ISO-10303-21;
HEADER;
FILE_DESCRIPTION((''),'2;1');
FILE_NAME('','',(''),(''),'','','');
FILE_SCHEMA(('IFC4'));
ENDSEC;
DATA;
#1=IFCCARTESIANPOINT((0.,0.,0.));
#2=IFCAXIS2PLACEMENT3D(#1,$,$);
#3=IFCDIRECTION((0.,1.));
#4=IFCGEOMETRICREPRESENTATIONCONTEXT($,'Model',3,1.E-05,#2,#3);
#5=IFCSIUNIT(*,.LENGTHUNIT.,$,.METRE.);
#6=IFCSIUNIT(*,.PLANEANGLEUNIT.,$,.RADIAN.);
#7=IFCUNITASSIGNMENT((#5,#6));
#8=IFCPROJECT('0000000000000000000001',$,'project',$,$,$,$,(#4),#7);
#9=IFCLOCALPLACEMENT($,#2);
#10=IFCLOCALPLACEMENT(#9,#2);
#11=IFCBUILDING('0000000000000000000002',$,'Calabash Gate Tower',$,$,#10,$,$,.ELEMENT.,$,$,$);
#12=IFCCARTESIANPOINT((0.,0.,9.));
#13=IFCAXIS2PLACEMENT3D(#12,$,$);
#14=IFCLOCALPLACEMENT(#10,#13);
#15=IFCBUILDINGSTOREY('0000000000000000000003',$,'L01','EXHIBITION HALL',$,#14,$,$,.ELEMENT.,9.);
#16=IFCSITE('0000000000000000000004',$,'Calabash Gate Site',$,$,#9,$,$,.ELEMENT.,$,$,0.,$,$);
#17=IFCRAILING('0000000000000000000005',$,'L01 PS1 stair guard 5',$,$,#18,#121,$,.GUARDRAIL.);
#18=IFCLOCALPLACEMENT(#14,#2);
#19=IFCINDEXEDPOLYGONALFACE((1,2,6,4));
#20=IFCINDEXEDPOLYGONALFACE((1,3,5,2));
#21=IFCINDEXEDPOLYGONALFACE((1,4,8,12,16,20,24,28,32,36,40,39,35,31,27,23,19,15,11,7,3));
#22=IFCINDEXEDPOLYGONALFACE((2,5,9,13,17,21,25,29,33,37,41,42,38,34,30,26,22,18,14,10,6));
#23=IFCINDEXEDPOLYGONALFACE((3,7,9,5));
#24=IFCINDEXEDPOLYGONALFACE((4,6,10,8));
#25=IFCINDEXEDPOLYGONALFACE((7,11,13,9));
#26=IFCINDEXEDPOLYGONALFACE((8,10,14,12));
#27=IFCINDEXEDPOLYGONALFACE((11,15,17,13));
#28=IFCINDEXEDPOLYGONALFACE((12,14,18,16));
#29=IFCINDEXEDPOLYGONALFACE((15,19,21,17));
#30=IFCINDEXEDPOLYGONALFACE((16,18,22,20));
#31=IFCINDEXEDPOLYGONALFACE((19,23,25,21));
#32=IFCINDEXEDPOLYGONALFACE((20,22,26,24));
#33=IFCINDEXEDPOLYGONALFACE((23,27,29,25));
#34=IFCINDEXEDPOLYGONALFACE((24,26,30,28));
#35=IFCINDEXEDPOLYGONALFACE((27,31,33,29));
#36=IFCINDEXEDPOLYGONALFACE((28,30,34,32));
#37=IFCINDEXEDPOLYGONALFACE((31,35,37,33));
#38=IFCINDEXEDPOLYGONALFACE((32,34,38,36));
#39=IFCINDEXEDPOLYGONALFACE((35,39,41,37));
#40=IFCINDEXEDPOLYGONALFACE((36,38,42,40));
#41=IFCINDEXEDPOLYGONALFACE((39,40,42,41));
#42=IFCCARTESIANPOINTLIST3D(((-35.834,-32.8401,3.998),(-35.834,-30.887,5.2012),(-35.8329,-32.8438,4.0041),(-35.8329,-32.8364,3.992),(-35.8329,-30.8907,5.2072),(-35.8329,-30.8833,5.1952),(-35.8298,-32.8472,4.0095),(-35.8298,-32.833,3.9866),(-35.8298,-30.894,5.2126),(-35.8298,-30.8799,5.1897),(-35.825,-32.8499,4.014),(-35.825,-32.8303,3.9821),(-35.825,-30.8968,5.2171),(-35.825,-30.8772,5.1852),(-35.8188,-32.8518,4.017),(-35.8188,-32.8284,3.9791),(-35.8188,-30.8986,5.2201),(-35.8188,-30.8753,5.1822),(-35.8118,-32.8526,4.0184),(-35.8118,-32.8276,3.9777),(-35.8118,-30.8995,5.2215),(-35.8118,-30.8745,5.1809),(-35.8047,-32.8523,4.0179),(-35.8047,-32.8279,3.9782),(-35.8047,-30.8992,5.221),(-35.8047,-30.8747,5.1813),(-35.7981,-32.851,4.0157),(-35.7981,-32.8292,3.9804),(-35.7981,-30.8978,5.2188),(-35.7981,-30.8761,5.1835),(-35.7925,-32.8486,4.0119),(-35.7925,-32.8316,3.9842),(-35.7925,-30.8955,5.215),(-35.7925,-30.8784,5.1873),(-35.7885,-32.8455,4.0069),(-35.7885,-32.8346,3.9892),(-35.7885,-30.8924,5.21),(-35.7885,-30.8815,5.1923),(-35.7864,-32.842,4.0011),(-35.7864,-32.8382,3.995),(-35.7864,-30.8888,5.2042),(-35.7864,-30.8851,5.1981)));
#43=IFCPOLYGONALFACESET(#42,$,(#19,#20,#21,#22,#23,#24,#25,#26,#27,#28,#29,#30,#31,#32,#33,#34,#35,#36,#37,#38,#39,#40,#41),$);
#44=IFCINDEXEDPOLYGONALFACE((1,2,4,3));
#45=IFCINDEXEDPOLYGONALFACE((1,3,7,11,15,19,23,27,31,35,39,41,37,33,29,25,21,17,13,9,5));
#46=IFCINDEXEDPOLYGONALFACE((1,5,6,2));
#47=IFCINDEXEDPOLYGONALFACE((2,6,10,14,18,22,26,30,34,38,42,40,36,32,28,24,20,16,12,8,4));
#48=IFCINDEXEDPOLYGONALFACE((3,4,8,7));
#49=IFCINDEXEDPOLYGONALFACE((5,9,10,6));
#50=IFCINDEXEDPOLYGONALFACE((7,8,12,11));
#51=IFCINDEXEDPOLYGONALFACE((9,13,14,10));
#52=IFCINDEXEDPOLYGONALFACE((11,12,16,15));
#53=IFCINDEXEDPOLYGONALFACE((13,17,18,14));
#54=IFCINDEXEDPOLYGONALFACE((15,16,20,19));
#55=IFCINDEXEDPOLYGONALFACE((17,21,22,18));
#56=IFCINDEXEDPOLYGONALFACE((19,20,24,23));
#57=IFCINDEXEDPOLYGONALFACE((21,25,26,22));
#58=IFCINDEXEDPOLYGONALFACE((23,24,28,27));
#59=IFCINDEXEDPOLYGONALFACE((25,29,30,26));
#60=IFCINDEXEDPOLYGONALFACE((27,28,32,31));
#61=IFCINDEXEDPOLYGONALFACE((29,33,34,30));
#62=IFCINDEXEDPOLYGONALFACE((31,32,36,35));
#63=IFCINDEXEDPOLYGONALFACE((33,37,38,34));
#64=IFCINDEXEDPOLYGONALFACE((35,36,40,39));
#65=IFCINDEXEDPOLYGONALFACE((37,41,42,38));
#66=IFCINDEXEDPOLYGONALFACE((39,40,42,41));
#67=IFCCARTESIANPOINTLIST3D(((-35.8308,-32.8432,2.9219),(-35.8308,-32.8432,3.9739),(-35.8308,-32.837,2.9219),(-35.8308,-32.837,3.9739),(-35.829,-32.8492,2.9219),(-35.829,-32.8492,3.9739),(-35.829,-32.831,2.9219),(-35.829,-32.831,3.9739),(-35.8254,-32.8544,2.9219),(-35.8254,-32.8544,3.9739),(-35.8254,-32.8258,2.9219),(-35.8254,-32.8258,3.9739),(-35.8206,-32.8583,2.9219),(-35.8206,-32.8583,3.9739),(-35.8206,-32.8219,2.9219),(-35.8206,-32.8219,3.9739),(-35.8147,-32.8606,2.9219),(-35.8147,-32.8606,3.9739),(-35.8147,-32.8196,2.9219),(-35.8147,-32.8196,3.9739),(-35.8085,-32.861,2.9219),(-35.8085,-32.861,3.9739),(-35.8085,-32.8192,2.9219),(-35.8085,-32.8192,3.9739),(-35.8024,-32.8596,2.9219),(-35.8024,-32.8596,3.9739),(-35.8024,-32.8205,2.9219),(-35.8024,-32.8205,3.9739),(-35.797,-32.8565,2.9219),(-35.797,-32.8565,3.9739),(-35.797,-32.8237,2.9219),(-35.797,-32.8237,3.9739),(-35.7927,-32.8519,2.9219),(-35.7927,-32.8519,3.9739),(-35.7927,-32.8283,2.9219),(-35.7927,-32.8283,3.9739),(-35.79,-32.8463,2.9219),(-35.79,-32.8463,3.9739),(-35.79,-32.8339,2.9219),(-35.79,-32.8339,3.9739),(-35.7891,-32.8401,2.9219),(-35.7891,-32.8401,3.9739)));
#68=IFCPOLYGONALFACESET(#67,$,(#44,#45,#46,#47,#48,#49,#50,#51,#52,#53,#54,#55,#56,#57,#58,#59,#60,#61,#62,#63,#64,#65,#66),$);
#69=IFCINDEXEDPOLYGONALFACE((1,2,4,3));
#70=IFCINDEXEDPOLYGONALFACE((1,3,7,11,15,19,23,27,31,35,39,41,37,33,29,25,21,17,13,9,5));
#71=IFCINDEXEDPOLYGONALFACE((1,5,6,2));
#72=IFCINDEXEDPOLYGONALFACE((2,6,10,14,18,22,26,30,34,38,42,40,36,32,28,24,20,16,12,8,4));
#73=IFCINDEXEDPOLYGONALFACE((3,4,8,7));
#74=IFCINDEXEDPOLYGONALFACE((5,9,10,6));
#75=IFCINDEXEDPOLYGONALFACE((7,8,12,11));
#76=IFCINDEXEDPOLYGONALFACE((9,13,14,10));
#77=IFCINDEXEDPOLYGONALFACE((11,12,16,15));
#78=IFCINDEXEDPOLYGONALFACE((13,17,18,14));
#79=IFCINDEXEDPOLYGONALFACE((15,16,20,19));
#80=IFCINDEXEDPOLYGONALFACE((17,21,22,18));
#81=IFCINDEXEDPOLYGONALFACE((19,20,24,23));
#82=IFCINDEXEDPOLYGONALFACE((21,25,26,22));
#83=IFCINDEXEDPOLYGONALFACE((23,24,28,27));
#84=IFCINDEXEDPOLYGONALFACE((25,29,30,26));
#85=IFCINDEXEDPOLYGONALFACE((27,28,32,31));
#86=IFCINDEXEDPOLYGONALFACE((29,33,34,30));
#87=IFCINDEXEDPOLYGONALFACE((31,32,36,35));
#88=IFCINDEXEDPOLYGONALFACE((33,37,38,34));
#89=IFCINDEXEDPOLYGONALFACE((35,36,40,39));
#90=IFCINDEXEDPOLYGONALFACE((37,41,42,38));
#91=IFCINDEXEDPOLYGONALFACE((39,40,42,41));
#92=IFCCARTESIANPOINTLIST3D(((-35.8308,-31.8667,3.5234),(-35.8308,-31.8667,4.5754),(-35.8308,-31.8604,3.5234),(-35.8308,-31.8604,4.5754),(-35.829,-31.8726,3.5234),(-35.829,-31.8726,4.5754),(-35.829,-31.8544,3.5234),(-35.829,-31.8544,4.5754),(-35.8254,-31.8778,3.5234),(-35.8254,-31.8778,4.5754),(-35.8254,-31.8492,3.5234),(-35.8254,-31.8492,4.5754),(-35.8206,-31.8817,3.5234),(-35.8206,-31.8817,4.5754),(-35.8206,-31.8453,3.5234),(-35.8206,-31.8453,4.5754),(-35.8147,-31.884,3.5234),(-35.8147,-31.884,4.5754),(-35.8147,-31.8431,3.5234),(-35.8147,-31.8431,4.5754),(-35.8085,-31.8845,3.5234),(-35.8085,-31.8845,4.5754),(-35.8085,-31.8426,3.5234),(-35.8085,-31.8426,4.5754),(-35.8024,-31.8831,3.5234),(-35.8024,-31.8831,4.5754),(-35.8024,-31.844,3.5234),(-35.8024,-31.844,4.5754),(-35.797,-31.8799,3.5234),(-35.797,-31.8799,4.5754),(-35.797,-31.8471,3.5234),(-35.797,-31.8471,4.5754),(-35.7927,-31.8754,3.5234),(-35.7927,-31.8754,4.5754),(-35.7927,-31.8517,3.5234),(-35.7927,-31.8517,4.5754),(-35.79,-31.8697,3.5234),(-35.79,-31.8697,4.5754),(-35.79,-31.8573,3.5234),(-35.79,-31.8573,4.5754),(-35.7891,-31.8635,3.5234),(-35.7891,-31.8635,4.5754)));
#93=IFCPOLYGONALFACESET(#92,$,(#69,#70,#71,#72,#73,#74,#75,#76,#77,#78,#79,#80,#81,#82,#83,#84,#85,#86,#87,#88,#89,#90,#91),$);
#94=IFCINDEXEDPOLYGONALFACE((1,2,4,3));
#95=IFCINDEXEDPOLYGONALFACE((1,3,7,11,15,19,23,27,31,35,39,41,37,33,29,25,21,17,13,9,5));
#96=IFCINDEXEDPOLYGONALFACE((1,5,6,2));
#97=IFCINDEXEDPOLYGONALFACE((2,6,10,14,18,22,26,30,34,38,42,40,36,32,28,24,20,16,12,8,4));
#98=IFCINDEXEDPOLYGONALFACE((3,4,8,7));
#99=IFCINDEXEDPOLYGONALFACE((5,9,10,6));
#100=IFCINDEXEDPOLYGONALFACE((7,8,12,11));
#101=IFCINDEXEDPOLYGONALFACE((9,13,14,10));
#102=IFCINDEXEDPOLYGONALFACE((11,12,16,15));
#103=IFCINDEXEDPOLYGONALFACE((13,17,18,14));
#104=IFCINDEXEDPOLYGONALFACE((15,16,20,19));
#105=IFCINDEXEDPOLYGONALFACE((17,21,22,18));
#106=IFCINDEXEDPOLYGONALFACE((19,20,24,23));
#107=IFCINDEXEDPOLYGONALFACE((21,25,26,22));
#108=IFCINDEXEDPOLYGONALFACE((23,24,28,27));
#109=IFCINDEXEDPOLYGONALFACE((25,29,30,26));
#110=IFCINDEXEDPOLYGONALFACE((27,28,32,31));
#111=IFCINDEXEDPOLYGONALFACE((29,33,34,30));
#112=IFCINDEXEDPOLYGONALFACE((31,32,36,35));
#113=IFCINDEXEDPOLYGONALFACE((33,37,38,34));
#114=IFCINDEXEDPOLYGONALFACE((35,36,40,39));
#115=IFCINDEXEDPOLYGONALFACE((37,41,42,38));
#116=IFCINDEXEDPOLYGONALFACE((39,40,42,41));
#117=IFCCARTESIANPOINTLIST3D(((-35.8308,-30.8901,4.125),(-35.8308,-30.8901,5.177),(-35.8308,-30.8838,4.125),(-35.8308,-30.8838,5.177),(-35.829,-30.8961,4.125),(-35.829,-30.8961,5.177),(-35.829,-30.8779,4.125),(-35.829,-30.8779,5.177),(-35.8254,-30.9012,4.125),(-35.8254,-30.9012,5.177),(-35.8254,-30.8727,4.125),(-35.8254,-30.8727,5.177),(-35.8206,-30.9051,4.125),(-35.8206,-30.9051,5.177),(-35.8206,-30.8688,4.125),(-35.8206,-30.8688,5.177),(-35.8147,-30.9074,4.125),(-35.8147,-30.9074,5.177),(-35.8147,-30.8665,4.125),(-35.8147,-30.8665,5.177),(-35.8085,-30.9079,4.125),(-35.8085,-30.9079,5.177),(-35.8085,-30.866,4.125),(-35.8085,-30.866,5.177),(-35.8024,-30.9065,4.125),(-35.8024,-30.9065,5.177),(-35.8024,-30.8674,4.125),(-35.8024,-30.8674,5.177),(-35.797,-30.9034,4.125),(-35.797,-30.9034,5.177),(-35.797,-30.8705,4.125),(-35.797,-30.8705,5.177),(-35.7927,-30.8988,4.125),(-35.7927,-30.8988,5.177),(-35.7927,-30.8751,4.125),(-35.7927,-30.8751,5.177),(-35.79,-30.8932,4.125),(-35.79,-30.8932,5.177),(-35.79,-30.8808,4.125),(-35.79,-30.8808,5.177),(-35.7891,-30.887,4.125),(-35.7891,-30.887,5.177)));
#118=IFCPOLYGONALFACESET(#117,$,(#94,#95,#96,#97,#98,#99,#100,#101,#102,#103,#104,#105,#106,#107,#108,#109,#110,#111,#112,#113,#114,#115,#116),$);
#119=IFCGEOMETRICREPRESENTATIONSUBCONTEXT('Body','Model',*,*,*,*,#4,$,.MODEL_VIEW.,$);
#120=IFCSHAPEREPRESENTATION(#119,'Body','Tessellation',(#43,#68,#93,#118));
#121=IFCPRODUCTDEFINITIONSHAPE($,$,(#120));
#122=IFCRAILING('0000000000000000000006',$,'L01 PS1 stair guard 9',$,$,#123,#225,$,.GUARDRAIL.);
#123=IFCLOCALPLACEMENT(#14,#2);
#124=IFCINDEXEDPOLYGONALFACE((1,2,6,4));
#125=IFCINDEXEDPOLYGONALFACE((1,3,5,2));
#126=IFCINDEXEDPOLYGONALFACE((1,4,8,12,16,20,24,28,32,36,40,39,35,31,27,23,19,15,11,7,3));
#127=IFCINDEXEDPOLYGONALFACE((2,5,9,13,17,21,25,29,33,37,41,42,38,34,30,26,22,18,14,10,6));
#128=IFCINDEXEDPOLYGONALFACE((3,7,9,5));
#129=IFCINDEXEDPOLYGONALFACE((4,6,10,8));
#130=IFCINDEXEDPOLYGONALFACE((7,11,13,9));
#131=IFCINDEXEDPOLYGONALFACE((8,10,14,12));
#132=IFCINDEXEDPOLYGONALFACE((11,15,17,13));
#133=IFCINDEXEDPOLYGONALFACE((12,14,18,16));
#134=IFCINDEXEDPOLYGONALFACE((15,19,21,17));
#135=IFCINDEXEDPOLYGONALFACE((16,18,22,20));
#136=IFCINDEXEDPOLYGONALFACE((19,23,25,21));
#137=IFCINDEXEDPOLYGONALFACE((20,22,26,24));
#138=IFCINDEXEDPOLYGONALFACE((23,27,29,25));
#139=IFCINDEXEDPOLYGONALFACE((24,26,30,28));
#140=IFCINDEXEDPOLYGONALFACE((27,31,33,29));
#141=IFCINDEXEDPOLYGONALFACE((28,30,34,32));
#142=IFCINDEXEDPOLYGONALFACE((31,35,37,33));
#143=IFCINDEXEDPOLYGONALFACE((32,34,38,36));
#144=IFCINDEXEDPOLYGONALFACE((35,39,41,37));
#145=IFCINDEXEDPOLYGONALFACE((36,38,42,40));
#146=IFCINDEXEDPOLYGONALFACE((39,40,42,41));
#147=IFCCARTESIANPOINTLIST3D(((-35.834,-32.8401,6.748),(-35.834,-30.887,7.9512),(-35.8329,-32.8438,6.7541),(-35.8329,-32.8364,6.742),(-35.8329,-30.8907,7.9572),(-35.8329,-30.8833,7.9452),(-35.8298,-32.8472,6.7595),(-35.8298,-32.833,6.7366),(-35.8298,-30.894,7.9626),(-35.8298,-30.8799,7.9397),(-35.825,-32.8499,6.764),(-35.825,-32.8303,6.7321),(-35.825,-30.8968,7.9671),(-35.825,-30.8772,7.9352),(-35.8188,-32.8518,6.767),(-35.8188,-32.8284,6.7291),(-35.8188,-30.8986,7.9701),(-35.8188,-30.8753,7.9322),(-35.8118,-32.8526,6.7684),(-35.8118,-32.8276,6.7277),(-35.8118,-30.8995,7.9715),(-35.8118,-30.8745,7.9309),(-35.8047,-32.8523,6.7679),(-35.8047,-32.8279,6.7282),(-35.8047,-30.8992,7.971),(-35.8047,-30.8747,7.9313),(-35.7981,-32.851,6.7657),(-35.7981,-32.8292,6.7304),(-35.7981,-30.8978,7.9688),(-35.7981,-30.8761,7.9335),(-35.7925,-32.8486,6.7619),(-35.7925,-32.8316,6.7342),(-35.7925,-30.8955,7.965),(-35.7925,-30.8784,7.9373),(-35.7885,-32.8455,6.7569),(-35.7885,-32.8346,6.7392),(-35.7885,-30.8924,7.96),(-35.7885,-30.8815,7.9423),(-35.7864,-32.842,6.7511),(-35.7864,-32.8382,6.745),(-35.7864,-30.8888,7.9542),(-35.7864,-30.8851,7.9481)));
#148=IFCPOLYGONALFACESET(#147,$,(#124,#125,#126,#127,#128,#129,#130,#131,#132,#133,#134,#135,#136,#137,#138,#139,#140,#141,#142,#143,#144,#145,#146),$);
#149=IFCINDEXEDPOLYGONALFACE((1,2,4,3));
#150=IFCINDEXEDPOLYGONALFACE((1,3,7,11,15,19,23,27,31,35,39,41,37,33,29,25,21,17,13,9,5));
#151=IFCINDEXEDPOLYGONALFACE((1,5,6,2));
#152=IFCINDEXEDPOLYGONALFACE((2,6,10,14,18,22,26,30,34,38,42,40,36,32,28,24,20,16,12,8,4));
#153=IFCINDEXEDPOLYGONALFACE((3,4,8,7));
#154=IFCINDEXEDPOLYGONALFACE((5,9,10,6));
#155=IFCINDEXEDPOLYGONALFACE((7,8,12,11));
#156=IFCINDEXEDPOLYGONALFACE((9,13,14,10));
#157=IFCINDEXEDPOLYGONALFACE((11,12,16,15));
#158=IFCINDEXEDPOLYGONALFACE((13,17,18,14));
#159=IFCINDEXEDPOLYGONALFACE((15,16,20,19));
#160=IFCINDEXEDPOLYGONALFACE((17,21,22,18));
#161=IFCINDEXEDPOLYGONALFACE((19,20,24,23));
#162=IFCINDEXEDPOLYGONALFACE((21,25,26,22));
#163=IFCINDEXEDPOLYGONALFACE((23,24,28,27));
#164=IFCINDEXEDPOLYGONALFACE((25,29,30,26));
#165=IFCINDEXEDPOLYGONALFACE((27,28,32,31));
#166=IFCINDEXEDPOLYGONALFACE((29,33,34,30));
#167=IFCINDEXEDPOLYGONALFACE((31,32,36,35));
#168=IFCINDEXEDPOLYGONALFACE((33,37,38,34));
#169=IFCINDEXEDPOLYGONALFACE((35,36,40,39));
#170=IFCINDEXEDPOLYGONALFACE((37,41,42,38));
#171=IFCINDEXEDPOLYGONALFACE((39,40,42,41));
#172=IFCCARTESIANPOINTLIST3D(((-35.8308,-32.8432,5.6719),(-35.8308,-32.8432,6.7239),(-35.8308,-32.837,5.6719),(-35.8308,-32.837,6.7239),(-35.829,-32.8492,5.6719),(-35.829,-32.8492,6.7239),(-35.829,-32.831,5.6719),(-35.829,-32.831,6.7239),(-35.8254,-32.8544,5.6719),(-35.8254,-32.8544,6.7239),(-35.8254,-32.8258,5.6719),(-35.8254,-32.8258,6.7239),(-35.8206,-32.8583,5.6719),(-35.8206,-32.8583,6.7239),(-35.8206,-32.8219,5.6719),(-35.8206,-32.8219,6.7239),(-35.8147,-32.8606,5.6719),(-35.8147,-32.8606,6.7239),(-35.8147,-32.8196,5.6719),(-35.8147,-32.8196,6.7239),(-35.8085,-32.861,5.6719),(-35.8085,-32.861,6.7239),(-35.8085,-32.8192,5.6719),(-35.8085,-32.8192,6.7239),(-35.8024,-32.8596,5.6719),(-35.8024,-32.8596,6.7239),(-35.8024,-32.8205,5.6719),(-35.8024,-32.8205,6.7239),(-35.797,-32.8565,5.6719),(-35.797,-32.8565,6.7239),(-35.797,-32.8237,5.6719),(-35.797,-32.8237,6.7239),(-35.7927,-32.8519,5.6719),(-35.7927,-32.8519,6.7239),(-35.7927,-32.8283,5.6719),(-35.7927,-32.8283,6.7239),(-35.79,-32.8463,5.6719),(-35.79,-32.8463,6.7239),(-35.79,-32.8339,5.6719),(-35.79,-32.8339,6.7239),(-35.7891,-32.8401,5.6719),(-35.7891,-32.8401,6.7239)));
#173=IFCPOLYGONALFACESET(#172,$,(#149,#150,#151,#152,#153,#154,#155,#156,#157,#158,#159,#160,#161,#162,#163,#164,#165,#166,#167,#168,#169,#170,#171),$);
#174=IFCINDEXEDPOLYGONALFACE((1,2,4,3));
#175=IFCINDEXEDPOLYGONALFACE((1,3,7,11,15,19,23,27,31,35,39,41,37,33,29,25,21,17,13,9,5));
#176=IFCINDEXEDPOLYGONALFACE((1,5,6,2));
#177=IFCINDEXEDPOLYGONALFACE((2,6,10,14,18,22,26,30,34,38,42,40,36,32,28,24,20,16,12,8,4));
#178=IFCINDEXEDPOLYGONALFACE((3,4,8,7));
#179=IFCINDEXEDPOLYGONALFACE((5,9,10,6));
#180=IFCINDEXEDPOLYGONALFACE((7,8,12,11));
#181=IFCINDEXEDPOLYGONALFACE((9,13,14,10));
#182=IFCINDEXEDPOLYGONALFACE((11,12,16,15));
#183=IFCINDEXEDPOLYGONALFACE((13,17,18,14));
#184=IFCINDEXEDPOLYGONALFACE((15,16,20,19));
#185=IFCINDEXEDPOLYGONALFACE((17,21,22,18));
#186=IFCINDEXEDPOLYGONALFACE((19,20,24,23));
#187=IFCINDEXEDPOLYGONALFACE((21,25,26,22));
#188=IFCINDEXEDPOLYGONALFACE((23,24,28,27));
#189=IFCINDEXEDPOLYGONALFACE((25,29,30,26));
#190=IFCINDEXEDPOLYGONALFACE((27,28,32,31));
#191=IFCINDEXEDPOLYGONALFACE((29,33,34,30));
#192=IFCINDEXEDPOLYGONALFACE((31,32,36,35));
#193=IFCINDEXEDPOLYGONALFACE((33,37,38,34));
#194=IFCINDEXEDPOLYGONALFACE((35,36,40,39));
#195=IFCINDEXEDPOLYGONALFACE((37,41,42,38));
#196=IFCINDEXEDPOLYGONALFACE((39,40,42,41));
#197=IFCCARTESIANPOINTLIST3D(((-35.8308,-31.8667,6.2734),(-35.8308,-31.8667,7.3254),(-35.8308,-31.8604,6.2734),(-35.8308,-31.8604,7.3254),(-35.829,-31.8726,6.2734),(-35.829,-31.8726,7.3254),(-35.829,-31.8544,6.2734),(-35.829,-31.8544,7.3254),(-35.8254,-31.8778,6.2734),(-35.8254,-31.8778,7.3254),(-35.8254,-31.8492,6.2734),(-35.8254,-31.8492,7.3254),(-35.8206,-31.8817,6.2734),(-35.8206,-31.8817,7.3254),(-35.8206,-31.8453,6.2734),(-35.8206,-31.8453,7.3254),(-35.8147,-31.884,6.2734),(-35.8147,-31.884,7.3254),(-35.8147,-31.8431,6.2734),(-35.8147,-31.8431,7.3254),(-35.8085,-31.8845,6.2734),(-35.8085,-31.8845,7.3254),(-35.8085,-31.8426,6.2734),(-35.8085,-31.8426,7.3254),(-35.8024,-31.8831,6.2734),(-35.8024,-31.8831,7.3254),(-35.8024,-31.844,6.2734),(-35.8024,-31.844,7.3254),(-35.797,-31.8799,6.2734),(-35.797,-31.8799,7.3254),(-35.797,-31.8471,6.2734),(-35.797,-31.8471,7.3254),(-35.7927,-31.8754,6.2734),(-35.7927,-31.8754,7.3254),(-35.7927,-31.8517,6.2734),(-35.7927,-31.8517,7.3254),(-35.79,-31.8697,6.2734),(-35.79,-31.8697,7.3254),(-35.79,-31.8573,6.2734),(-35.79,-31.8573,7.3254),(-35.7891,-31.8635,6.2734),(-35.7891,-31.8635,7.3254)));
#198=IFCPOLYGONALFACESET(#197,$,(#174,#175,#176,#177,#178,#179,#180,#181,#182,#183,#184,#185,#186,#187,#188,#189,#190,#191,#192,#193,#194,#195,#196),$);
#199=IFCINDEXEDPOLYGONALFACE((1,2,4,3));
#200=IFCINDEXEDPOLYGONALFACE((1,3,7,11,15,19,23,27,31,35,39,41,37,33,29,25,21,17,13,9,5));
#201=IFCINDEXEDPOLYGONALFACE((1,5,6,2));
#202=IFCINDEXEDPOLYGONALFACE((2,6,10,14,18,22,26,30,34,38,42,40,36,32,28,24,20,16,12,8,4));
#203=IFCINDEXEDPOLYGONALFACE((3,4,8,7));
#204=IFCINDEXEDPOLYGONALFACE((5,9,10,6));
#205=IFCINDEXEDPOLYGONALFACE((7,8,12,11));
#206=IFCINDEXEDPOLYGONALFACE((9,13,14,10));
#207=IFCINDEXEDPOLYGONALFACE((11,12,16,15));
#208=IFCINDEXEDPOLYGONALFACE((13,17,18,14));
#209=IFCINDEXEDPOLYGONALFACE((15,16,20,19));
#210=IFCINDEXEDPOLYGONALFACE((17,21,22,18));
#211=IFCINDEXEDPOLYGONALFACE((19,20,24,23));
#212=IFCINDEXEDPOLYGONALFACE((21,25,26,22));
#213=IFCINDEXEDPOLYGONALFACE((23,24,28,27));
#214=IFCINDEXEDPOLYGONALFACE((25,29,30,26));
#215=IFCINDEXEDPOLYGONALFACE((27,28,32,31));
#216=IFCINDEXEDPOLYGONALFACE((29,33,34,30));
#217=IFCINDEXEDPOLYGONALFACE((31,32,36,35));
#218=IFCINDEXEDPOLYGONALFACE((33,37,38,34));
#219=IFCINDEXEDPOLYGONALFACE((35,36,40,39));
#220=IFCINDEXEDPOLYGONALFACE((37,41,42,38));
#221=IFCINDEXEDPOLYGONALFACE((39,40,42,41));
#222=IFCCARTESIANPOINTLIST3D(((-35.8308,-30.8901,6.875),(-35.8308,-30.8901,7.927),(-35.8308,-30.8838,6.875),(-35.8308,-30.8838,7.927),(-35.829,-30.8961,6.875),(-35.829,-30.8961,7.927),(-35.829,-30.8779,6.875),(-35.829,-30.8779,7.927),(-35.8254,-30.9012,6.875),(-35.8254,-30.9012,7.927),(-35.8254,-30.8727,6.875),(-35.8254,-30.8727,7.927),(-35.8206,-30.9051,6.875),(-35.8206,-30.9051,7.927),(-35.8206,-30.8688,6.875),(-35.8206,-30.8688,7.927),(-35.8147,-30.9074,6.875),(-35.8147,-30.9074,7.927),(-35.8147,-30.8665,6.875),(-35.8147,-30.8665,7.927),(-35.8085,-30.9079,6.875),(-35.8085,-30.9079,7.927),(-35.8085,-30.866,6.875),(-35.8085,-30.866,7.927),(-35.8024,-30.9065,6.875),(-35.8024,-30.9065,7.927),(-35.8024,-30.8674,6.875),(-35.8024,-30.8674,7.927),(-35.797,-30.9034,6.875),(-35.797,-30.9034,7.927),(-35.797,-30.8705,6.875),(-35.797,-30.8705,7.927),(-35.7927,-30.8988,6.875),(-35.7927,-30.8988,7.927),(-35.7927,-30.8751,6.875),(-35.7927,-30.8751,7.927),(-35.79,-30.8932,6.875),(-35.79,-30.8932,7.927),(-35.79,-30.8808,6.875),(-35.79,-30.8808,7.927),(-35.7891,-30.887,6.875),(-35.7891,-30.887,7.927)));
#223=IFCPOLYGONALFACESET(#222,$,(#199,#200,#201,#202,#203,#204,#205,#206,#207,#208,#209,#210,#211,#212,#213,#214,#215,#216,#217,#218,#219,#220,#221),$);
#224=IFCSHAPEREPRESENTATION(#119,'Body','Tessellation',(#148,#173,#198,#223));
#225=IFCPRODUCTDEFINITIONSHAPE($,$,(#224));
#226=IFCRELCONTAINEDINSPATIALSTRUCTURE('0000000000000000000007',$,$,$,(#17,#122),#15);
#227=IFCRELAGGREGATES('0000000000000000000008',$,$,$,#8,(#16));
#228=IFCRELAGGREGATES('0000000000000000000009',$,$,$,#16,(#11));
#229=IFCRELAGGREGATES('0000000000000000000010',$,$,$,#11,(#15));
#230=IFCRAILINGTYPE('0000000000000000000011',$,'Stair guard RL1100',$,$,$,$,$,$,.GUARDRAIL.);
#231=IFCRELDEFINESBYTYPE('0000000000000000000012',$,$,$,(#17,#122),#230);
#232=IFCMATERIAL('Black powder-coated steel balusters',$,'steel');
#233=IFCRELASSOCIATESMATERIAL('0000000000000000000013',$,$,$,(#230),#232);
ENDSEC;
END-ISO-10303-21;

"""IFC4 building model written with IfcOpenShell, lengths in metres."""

from ifc_helpers import new_model, si_unit, direction, frame, origin, origin_2d, place, context, subcontext, project, spatial, circle, extrude, material, type_object, element, save


model = new_model("IFC4")

# Units and contexts
model_context = context("Model", 3, precision=1e-05, world=origin(), true_north=direction((0.0, 1.0)))
body_context = subcontext(model_context, "Body", "Model", "MODEL_VIEW")
ifc_project = project(units=[si_unit("LENGTHUNIT", "METRE"), si_unit("PLANEANGLEUNIT", "RADIAN")], contexts=[model_context])

# Site, building, storey
site_placement = place(None, origin())
site = spatial("IfcSite", under=ifc_project, at=site_placement, Name="Calabash Gate Site", CompositionType="ELEMENT", RefElevation=0.0)
building_placement = place(site_placement, origin())
building = spatial("IfcBuilding", under=site, at=building_placement, Name="Calabash Gate Tower", CompositionType="ELEMENT")
storey_placement = place(building_placement, frame((0.0, 0.0, 9.0)))
storey = spatial("IfcBuildingStorey", under=building, at=storey_placement, Name="L01", Description="EXHIBITION HALL", CompositionType="ELEMENT", Elevation=9.0)

# Railings
ifc_material_1 = material(Name="Black powder-coated steel balusters", Category="steel")
railing_type_1 = type_object("IfcRailingType", Name="Stair guard RL1100", PredefinedType="GUARDRAIL", material=ifc_material_1)
for number, where, name in (
    (1, (-35.8101, -32.8401, 2.9219), "L01 PS1 stair guard 5"),
    (2, (-35.8101, -32.8401, 5.6719), "L01 PS1 stair guard 9"),
):
    element("IfcRailing", number, at=place(storey_placement, frame(where)), inside=storey, type_object=railing_type_1, Name=name, PredefinedType="GUARDRAIL", context=body_context, shape_type="SweptSolid", body=[
        extrude(circle(Radius=0.0239, at=origin_2d()), frame((0.0, 0.0, 1.0762), z_axis=(0.0, 0.851424, 0.524477), x_axis=(-1.0, 0.0, 0.0)), (0.0, 0.0, 1.0), 2.2939),
        extrude(circle(Radius=0.021, at=origin_2d()), origin(), (0.0, 0.0, 1.0), 1.052),
        extrude(circle(Radius=0.021, at=origin_2d()), frame((0.0, 0.9766, 0.6016)), (0.0, 0.0, 1.0), 1.052),
        extrude(circle(Radius=0.021, at=origin_2d()), frame((0.0, 1.9531, 1.2031)), (0.0, 0.0, 1.0), 1.052),
    ])

save(model, "model.ifc")
